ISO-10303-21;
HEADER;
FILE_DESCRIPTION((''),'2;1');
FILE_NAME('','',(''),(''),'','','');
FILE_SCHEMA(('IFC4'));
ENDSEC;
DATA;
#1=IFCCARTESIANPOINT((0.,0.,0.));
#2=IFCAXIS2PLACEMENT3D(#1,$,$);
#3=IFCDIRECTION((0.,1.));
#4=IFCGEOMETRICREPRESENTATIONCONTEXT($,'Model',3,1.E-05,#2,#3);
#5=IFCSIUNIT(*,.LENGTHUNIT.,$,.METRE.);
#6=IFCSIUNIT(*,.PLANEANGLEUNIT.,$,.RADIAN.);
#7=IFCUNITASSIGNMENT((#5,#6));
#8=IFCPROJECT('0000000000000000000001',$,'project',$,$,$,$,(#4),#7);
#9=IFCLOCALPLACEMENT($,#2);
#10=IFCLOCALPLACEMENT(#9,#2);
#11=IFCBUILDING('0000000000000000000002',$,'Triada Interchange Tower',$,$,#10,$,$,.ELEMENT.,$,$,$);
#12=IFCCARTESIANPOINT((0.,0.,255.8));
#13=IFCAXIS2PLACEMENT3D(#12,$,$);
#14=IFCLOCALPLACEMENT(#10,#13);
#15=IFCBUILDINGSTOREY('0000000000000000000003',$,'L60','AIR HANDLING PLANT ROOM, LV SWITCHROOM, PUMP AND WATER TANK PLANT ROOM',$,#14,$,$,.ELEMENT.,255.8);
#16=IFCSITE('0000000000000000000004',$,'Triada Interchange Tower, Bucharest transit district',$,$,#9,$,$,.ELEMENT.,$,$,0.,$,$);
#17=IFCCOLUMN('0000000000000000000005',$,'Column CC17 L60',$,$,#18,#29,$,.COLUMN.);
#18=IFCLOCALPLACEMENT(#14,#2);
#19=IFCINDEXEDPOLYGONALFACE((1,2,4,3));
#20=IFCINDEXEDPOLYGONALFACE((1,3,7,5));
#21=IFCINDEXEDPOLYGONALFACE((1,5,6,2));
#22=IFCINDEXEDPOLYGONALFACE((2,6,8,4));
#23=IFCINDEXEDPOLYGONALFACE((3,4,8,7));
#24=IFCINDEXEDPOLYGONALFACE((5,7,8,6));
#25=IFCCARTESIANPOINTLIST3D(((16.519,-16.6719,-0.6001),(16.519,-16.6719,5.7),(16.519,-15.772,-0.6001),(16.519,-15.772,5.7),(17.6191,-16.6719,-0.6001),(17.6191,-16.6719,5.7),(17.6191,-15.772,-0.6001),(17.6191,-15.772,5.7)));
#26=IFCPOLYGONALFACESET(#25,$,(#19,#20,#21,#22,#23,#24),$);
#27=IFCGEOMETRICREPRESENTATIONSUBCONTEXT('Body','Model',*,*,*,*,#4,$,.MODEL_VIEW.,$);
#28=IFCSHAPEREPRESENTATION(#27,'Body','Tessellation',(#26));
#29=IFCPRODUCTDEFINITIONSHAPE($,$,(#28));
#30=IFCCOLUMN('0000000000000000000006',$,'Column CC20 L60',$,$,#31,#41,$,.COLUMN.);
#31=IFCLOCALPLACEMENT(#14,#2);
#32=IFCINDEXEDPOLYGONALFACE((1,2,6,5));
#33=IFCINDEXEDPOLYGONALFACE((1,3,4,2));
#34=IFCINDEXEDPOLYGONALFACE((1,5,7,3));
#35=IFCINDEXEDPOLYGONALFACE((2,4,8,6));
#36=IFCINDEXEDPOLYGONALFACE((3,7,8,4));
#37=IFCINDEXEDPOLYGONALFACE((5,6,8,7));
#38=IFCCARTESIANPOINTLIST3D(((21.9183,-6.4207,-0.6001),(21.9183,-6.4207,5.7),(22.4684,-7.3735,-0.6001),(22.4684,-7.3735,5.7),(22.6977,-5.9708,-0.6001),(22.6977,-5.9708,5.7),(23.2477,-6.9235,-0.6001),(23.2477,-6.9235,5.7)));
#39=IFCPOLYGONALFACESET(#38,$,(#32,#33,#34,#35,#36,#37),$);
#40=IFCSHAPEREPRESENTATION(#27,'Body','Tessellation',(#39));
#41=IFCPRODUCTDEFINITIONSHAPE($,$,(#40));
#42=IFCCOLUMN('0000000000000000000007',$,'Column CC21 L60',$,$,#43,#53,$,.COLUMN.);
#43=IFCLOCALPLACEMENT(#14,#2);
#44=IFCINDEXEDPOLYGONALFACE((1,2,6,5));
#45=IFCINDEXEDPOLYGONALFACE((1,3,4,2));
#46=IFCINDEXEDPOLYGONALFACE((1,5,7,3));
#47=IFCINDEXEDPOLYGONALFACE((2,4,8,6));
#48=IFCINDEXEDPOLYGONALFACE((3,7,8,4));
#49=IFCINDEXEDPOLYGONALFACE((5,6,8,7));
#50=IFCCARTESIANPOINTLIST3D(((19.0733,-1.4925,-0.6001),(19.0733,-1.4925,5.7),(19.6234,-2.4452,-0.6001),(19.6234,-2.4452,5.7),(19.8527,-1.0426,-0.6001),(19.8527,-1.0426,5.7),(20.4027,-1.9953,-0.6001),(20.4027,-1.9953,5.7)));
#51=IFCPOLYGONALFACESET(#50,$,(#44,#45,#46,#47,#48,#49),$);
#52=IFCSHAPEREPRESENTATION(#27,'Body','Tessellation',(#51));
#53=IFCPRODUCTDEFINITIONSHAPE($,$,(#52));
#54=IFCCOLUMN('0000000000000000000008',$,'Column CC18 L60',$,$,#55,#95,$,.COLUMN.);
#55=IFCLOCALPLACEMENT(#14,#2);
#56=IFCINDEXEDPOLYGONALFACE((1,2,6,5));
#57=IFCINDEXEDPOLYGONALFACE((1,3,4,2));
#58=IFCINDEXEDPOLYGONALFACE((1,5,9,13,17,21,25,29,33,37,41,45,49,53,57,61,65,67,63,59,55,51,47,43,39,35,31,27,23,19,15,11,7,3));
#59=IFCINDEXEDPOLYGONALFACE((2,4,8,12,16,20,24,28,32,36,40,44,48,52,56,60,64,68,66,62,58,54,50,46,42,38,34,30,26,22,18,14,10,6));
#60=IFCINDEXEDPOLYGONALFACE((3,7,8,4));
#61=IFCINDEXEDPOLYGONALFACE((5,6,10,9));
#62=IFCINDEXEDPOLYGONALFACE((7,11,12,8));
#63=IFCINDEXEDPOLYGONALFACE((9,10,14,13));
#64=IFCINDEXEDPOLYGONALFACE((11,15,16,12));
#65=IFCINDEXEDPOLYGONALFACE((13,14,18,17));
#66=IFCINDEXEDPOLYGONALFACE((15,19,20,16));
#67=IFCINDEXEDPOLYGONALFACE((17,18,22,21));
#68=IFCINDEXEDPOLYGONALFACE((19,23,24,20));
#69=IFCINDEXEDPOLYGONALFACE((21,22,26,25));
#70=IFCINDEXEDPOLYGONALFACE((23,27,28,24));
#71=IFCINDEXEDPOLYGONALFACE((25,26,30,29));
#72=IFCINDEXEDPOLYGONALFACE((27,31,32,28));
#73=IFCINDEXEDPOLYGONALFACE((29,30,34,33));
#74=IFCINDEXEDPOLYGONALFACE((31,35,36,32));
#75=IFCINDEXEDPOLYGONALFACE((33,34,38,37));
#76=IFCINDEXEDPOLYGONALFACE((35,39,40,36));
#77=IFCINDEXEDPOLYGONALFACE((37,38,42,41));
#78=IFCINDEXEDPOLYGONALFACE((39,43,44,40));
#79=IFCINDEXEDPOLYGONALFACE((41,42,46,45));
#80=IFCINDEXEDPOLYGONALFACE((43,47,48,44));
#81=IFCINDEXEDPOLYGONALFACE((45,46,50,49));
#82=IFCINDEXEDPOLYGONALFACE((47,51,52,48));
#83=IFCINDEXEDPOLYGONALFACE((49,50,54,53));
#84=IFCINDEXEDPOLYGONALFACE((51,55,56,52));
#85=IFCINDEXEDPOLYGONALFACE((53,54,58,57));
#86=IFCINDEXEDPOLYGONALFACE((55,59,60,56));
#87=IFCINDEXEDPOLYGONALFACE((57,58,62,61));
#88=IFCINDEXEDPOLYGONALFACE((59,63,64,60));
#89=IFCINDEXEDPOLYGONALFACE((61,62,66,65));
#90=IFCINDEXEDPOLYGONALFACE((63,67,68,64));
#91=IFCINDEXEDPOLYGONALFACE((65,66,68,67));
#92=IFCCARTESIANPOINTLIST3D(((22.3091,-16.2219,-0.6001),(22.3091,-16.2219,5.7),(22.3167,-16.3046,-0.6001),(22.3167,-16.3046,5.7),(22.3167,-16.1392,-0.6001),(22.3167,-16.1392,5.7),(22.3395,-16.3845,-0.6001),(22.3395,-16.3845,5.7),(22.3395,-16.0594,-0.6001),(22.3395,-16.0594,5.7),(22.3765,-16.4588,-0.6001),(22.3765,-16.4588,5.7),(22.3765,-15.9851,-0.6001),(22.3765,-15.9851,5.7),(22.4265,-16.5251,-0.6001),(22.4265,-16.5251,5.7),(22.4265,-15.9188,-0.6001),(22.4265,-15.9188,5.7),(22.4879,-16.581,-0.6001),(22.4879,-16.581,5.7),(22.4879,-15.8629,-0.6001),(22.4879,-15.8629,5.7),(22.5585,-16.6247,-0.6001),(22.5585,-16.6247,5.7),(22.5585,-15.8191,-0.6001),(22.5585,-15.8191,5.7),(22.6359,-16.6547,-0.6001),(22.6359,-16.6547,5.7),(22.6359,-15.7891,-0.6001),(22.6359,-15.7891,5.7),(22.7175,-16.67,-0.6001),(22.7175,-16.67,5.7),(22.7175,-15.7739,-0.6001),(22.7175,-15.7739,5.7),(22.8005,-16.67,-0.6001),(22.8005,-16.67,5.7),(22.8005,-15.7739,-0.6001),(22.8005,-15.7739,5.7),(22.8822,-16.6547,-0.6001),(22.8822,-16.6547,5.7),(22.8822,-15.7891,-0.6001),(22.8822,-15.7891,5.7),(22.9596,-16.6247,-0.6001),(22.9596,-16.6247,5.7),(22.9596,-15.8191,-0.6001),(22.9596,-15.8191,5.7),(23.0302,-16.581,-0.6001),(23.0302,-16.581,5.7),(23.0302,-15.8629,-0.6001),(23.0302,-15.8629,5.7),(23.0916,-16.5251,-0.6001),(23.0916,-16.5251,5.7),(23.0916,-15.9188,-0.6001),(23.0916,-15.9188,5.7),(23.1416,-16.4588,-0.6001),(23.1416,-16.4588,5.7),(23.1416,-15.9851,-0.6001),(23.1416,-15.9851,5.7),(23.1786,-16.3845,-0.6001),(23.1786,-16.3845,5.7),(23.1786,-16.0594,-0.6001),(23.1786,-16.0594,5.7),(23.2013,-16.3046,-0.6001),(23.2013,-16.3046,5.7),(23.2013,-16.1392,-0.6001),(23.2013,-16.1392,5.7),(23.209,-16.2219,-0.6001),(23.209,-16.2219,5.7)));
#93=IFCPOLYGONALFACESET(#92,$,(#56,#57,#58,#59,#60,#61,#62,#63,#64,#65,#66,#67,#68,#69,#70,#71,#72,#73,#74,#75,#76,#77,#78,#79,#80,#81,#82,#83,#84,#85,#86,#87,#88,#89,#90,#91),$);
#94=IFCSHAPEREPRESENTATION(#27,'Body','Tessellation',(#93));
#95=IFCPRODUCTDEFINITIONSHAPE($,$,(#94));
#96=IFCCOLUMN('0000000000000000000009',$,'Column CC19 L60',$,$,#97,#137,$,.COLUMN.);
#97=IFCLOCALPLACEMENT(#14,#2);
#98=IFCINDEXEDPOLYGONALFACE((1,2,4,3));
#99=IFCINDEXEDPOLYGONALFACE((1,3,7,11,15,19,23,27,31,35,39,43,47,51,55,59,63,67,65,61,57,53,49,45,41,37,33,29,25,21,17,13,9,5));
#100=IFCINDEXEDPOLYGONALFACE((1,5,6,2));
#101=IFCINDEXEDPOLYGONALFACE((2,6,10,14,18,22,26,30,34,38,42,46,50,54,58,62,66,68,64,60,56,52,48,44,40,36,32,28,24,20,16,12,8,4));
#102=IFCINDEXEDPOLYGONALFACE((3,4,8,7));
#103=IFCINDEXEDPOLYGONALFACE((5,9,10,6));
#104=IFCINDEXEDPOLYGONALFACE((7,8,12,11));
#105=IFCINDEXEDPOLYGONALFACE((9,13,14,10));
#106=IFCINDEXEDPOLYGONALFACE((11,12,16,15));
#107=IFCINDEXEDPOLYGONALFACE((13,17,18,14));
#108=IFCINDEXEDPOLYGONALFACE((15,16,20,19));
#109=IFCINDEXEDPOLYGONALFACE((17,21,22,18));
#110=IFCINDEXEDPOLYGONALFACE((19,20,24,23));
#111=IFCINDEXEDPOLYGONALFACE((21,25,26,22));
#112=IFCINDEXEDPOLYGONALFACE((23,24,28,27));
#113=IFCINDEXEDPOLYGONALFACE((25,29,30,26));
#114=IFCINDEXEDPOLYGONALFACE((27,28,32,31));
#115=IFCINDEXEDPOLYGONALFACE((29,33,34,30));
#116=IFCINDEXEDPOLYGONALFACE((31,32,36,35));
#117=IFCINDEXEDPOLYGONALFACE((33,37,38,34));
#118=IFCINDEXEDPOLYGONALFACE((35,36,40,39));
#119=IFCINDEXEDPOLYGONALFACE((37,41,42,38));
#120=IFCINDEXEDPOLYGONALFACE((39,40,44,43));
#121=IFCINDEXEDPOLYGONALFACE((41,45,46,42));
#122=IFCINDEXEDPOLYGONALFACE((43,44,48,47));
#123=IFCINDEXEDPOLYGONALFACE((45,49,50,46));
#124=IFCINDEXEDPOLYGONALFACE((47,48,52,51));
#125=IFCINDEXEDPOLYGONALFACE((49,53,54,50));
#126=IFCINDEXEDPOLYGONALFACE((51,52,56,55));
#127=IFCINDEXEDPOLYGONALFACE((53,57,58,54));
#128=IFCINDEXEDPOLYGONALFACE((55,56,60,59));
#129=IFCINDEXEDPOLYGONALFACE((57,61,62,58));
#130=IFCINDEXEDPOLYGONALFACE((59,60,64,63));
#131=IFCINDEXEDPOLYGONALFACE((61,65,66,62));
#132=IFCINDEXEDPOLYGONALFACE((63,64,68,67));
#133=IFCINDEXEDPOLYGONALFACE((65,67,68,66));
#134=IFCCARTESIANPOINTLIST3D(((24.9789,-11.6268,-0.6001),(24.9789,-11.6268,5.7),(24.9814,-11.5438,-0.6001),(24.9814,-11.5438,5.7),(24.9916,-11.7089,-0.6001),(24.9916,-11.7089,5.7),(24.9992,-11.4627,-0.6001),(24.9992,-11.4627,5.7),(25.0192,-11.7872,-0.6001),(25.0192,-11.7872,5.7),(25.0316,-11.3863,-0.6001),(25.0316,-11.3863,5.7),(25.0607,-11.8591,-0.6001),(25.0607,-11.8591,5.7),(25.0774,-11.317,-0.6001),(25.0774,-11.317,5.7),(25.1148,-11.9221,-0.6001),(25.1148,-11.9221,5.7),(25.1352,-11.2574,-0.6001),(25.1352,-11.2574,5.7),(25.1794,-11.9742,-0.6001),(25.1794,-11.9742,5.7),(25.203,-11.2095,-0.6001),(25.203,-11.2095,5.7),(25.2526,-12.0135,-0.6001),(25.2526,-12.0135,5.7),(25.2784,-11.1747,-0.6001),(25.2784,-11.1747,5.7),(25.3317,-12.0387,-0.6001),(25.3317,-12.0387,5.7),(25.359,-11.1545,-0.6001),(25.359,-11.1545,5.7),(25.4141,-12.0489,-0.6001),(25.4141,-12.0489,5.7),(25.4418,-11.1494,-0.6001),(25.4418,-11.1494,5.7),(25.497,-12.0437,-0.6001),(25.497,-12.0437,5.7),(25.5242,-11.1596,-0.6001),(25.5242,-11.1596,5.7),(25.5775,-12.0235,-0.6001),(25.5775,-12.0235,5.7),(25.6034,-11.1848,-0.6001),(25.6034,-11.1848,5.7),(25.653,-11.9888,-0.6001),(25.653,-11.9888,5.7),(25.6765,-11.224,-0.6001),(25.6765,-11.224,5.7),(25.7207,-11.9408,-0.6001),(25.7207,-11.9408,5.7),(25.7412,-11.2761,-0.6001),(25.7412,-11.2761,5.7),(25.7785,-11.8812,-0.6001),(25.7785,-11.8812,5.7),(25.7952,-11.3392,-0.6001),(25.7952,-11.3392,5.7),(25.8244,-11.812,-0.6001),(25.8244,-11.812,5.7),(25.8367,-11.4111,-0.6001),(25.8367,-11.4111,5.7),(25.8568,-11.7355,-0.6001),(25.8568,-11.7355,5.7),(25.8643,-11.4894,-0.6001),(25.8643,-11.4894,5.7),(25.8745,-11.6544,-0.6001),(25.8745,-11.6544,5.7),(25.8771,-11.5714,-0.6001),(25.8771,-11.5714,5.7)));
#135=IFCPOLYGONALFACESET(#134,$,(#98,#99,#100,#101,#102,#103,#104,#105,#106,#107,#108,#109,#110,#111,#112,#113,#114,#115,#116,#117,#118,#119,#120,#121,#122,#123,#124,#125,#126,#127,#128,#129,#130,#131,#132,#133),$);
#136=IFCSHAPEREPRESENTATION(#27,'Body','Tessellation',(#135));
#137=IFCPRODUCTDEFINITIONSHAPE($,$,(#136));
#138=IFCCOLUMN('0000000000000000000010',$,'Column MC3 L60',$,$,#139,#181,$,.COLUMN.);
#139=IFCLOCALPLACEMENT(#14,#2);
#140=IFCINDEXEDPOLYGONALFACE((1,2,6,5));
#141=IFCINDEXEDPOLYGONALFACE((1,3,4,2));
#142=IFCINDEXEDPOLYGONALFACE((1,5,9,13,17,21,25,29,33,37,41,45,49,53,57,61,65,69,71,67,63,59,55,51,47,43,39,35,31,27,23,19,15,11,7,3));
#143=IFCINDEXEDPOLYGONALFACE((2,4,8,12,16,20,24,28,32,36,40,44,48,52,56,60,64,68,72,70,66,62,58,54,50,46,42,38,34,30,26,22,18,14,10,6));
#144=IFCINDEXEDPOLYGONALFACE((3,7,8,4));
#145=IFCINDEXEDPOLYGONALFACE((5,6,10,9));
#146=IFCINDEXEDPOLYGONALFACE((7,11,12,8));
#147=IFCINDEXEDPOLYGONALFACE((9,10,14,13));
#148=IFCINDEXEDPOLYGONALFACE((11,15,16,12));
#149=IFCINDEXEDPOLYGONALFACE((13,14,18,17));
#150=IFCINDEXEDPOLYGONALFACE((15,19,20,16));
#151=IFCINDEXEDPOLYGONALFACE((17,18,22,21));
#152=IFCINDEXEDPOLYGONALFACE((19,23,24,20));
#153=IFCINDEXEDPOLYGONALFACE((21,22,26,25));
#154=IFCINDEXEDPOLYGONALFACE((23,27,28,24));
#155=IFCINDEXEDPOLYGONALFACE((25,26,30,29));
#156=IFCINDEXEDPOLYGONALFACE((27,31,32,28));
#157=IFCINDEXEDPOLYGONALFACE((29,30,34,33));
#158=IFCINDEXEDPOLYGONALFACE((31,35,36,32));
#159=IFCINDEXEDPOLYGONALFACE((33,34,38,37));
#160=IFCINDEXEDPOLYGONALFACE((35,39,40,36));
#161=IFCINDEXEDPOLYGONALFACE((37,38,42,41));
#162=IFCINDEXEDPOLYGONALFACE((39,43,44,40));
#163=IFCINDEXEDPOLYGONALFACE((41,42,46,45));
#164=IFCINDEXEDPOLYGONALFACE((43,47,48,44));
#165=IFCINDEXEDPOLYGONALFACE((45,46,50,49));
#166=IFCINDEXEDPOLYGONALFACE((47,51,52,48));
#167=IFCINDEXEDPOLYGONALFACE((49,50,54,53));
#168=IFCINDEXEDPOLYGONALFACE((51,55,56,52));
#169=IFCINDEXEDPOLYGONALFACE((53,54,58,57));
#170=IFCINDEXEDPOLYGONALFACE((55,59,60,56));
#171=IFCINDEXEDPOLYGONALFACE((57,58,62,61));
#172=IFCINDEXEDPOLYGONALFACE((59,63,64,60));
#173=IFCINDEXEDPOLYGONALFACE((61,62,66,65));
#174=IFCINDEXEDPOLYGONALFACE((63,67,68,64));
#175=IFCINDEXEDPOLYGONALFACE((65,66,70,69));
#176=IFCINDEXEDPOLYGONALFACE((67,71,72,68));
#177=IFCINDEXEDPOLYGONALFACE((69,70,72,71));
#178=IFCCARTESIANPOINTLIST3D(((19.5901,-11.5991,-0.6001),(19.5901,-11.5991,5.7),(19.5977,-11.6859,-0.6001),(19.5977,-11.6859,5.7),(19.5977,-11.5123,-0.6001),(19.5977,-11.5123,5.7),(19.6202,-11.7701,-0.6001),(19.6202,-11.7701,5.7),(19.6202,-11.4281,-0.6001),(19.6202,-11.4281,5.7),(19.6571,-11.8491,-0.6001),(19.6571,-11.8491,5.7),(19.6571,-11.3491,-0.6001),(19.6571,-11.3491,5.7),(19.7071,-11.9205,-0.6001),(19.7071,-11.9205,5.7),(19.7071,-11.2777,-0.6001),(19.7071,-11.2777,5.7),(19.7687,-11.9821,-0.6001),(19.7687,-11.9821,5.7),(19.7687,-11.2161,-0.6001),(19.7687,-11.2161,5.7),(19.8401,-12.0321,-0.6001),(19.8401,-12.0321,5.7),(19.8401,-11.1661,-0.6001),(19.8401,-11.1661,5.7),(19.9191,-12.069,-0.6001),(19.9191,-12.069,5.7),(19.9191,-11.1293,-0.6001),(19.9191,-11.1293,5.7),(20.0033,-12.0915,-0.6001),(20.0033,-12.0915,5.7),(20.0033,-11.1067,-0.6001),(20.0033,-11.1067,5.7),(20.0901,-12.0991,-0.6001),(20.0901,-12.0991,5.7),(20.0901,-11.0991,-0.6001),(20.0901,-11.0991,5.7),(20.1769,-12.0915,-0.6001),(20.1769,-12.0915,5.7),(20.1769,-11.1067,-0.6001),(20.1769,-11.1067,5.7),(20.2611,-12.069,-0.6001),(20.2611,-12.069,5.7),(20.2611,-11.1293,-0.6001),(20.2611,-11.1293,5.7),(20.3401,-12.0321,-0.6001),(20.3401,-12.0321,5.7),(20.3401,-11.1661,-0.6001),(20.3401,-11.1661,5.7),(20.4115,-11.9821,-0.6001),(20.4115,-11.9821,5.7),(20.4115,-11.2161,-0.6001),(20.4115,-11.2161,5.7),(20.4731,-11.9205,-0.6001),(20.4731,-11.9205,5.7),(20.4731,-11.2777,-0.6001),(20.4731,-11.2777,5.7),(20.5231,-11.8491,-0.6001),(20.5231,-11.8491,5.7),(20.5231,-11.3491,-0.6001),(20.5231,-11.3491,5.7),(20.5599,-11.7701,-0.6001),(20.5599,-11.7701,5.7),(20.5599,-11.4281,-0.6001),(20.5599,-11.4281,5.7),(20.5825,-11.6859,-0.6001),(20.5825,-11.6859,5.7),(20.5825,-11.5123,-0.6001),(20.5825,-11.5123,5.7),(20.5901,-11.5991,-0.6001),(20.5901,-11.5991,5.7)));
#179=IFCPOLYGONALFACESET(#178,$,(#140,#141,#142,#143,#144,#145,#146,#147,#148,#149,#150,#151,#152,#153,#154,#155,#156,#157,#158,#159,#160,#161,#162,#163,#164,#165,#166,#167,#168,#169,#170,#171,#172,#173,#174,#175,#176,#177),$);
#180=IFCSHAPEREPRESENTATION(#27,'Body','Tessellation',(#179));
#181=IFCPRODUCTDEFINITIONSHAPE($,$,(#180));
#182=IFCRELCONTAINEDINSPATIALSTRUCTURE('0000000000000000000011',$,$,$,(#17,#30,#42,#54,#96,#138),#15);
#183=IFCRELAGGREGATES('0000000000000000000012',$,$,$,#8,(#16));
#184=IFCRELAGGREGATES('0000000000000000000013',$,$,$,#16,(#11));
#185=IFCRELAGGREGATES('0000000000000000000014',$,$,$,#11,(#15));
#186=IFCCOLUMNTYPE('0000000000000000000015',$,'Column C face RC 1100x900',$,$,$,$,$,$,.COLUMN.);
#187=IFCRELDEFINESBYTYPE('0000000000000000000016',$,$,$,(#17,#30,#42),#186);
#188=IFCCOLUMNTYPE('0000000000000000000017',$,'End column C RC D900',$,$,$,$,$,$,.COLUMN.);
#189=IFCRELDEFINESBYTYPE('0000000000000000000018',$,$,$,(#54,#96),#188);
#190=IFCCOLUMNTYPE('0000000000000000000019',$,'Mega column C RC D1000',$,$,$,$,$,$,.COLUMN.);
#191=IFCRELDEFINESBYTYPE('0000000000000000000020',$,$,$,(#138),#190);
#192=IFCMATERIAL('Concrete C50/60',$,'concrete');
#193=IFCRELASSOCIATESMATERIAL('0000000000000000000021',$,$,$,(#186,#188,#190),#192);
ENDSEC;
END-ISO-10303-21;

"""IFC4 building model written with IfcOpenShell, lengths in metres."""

from ifc_helpers import new_model, si_unit, direction, frame, origin, origin_2d, place, context, subcontext, project, spatial, rectangle, circle, extrude, material, material_profile, profile_set, type_object, element, save


model = new_model("IFC4")

# Units and contexts
model_context = context("Model", 3, precision=1e-05, world=origin(), true_north=direction((0.0, 1.0)))
body_context = subcontext(model_context, "Body", "Model", "MODEL_VIEW")
ifc_project = project(units=[si_unit("LENGTHUNIT", "METRE"), si_unit("PLANEANGLEUNIT", "RADIAN")], contexts=[model_context])

# Site, building, storey
site_placement = place(None, origin())
site = spatial("IfcSite", under=ifc_project, at=site_placement, Name="Triada Interchange Tower, Bucharest transit district", CompositionType="ELEMENT", RefElevation=0.0)
building_placement = place(site_placement, origin())
building = spatial("IfcBuilding", under=site, at=building_placement, Name="Triada Interchange Tower", CompositionType="ELEMENT")
storey_placement = place(building_placement, frame((0.0, 0.0, 255.8)))
storey = spatial("IfcBuildingStorey", under=building, at=storey_placement, Name="L60", Description="AIR HANDLING PLANT ROOM, LV SWITCHROOM, PUMP AND WATER TANK PLANT ROOM", CompositionType="ELEMENT", Elevation=255.8)

# Columns
ifc_material_1 = material(Name="Concrete C50/60", Category="concrete")
ifc_material_profile_1 = material_profile(ifc_material_1, rectangle(XDim=1.1001, YDim=0.8999, at=origin_2d()), Name="RC 1100x900")
ifc_profile_set_1 = profile_set([ifc_material_profile_1], Name="Concrete C50/60")
column_type_1 = type_object("IfcColumnType", Name="Column C face RC 1100x900", PredefinedType="COLUMN", material=ifc_profile_set_1)
for number, where, z_axis, x_axis, name in (
    (1, (17.0691, -16.2219, -0.6001), (0.0, 0.0, 1.0), (1.0, 0.0, 0.0), "Column CC17 L60"),
    (2, (22.583, -6.6721, -0.6001), (0.0, 0.0, 1.0), (-0.5, 0.866025, 0.0), "Column CC20 L60"),
    (3, (19.738, -1.7439, -0.6001), (0.0, 0.0, 1.0), (-0.5, 0.866025, 0.0), "Column CC21 L60"),
):
    element("IfcColumn", number, at=place(storey_placement, frame(where, z_axis=z_axis, x_axis=x_axis)), inside=storey, type_object=column_type_1, Name=name, PredefinedType="COLUMN", context=body_context, shape_type="SweptSolid", body=[
        extrude(rectangle(XDim=1.1001, YDim=0.8999, at=origin_2d()), origin(), (0.0, 0.0, 1.0), 6.3),
    ])
ifc_material_profile_2 = material_profile(ifc_material_1, circle(Radius=0.45, at=origin_2d()), Name="RC D900")
ifc_profile_set_2 = profile_set([ifc_material_profile_2], Name="Concrete C50/60")
column_type_2 = type_object("IfcColumnType", Name="End column C RC D900", PredefinedType="COLUMN", material=ifc_profile_set_2)
for number, where, z_axis, x_axis, name in (
    (4, (22.759, -16.2219, -0.6001), (0.0, 0.0, 1.0), (1.0, 0.0, 0.0), "Column CC18 L60"),
    (5, (25.428, -11.5991, -0.6001), (0.0, 0.0, 1.0), (-0.5, 0.866025, 0.0), "Column CC19 L60"),
):
    element("IfcColumn", number, at=place(storey_placement, frame(where, z_axis=z_axis, x_axis=x_axis)), inside=storey, type_object=column_type_2, Name=name, PredefinedType="COLUMN", context=body_context, shape_type="SweptSolid", body=[
        extrude(circle(Radius=0.45, at=origin_2d()), origin(), (0.0, 0.0, 1.0), 6.3),
    ])
ifc_material_profile_3 = material_profile(ifc_material_1, circle(Radius=0.5, at=origin_2d()), Name="RC D1000")
ifc_profile_set_3 = profile_set([ifc_material_profile_3], Name="Concrete C50/60")
column_type_3 = type_object("IfcColumnType", Name="Mega column C RC D1000", PredefinedType="COLUMN", material=ifc_profile_set_3)
column_placement = place(storey_placement, frame((20.0901, -11.5991, -0.6001), z_axis=(0.0, 0.0, 1.0), x_axis=(1.0, 0.0, 0.0)))
element("IfcColumn", 6, at=column_placement, inside=storey, type_object=column_type_3, Name="Column MC3 L60", PredefinedType="COLUMN", context=body_context, shape_type="SweptSolid", body=[
    extrude(circle(Radius=0.5, at=origin_2d()), origin(), (0.0, 0.0, 1.0), 6.3),
])

save(model, "model.ifc")
